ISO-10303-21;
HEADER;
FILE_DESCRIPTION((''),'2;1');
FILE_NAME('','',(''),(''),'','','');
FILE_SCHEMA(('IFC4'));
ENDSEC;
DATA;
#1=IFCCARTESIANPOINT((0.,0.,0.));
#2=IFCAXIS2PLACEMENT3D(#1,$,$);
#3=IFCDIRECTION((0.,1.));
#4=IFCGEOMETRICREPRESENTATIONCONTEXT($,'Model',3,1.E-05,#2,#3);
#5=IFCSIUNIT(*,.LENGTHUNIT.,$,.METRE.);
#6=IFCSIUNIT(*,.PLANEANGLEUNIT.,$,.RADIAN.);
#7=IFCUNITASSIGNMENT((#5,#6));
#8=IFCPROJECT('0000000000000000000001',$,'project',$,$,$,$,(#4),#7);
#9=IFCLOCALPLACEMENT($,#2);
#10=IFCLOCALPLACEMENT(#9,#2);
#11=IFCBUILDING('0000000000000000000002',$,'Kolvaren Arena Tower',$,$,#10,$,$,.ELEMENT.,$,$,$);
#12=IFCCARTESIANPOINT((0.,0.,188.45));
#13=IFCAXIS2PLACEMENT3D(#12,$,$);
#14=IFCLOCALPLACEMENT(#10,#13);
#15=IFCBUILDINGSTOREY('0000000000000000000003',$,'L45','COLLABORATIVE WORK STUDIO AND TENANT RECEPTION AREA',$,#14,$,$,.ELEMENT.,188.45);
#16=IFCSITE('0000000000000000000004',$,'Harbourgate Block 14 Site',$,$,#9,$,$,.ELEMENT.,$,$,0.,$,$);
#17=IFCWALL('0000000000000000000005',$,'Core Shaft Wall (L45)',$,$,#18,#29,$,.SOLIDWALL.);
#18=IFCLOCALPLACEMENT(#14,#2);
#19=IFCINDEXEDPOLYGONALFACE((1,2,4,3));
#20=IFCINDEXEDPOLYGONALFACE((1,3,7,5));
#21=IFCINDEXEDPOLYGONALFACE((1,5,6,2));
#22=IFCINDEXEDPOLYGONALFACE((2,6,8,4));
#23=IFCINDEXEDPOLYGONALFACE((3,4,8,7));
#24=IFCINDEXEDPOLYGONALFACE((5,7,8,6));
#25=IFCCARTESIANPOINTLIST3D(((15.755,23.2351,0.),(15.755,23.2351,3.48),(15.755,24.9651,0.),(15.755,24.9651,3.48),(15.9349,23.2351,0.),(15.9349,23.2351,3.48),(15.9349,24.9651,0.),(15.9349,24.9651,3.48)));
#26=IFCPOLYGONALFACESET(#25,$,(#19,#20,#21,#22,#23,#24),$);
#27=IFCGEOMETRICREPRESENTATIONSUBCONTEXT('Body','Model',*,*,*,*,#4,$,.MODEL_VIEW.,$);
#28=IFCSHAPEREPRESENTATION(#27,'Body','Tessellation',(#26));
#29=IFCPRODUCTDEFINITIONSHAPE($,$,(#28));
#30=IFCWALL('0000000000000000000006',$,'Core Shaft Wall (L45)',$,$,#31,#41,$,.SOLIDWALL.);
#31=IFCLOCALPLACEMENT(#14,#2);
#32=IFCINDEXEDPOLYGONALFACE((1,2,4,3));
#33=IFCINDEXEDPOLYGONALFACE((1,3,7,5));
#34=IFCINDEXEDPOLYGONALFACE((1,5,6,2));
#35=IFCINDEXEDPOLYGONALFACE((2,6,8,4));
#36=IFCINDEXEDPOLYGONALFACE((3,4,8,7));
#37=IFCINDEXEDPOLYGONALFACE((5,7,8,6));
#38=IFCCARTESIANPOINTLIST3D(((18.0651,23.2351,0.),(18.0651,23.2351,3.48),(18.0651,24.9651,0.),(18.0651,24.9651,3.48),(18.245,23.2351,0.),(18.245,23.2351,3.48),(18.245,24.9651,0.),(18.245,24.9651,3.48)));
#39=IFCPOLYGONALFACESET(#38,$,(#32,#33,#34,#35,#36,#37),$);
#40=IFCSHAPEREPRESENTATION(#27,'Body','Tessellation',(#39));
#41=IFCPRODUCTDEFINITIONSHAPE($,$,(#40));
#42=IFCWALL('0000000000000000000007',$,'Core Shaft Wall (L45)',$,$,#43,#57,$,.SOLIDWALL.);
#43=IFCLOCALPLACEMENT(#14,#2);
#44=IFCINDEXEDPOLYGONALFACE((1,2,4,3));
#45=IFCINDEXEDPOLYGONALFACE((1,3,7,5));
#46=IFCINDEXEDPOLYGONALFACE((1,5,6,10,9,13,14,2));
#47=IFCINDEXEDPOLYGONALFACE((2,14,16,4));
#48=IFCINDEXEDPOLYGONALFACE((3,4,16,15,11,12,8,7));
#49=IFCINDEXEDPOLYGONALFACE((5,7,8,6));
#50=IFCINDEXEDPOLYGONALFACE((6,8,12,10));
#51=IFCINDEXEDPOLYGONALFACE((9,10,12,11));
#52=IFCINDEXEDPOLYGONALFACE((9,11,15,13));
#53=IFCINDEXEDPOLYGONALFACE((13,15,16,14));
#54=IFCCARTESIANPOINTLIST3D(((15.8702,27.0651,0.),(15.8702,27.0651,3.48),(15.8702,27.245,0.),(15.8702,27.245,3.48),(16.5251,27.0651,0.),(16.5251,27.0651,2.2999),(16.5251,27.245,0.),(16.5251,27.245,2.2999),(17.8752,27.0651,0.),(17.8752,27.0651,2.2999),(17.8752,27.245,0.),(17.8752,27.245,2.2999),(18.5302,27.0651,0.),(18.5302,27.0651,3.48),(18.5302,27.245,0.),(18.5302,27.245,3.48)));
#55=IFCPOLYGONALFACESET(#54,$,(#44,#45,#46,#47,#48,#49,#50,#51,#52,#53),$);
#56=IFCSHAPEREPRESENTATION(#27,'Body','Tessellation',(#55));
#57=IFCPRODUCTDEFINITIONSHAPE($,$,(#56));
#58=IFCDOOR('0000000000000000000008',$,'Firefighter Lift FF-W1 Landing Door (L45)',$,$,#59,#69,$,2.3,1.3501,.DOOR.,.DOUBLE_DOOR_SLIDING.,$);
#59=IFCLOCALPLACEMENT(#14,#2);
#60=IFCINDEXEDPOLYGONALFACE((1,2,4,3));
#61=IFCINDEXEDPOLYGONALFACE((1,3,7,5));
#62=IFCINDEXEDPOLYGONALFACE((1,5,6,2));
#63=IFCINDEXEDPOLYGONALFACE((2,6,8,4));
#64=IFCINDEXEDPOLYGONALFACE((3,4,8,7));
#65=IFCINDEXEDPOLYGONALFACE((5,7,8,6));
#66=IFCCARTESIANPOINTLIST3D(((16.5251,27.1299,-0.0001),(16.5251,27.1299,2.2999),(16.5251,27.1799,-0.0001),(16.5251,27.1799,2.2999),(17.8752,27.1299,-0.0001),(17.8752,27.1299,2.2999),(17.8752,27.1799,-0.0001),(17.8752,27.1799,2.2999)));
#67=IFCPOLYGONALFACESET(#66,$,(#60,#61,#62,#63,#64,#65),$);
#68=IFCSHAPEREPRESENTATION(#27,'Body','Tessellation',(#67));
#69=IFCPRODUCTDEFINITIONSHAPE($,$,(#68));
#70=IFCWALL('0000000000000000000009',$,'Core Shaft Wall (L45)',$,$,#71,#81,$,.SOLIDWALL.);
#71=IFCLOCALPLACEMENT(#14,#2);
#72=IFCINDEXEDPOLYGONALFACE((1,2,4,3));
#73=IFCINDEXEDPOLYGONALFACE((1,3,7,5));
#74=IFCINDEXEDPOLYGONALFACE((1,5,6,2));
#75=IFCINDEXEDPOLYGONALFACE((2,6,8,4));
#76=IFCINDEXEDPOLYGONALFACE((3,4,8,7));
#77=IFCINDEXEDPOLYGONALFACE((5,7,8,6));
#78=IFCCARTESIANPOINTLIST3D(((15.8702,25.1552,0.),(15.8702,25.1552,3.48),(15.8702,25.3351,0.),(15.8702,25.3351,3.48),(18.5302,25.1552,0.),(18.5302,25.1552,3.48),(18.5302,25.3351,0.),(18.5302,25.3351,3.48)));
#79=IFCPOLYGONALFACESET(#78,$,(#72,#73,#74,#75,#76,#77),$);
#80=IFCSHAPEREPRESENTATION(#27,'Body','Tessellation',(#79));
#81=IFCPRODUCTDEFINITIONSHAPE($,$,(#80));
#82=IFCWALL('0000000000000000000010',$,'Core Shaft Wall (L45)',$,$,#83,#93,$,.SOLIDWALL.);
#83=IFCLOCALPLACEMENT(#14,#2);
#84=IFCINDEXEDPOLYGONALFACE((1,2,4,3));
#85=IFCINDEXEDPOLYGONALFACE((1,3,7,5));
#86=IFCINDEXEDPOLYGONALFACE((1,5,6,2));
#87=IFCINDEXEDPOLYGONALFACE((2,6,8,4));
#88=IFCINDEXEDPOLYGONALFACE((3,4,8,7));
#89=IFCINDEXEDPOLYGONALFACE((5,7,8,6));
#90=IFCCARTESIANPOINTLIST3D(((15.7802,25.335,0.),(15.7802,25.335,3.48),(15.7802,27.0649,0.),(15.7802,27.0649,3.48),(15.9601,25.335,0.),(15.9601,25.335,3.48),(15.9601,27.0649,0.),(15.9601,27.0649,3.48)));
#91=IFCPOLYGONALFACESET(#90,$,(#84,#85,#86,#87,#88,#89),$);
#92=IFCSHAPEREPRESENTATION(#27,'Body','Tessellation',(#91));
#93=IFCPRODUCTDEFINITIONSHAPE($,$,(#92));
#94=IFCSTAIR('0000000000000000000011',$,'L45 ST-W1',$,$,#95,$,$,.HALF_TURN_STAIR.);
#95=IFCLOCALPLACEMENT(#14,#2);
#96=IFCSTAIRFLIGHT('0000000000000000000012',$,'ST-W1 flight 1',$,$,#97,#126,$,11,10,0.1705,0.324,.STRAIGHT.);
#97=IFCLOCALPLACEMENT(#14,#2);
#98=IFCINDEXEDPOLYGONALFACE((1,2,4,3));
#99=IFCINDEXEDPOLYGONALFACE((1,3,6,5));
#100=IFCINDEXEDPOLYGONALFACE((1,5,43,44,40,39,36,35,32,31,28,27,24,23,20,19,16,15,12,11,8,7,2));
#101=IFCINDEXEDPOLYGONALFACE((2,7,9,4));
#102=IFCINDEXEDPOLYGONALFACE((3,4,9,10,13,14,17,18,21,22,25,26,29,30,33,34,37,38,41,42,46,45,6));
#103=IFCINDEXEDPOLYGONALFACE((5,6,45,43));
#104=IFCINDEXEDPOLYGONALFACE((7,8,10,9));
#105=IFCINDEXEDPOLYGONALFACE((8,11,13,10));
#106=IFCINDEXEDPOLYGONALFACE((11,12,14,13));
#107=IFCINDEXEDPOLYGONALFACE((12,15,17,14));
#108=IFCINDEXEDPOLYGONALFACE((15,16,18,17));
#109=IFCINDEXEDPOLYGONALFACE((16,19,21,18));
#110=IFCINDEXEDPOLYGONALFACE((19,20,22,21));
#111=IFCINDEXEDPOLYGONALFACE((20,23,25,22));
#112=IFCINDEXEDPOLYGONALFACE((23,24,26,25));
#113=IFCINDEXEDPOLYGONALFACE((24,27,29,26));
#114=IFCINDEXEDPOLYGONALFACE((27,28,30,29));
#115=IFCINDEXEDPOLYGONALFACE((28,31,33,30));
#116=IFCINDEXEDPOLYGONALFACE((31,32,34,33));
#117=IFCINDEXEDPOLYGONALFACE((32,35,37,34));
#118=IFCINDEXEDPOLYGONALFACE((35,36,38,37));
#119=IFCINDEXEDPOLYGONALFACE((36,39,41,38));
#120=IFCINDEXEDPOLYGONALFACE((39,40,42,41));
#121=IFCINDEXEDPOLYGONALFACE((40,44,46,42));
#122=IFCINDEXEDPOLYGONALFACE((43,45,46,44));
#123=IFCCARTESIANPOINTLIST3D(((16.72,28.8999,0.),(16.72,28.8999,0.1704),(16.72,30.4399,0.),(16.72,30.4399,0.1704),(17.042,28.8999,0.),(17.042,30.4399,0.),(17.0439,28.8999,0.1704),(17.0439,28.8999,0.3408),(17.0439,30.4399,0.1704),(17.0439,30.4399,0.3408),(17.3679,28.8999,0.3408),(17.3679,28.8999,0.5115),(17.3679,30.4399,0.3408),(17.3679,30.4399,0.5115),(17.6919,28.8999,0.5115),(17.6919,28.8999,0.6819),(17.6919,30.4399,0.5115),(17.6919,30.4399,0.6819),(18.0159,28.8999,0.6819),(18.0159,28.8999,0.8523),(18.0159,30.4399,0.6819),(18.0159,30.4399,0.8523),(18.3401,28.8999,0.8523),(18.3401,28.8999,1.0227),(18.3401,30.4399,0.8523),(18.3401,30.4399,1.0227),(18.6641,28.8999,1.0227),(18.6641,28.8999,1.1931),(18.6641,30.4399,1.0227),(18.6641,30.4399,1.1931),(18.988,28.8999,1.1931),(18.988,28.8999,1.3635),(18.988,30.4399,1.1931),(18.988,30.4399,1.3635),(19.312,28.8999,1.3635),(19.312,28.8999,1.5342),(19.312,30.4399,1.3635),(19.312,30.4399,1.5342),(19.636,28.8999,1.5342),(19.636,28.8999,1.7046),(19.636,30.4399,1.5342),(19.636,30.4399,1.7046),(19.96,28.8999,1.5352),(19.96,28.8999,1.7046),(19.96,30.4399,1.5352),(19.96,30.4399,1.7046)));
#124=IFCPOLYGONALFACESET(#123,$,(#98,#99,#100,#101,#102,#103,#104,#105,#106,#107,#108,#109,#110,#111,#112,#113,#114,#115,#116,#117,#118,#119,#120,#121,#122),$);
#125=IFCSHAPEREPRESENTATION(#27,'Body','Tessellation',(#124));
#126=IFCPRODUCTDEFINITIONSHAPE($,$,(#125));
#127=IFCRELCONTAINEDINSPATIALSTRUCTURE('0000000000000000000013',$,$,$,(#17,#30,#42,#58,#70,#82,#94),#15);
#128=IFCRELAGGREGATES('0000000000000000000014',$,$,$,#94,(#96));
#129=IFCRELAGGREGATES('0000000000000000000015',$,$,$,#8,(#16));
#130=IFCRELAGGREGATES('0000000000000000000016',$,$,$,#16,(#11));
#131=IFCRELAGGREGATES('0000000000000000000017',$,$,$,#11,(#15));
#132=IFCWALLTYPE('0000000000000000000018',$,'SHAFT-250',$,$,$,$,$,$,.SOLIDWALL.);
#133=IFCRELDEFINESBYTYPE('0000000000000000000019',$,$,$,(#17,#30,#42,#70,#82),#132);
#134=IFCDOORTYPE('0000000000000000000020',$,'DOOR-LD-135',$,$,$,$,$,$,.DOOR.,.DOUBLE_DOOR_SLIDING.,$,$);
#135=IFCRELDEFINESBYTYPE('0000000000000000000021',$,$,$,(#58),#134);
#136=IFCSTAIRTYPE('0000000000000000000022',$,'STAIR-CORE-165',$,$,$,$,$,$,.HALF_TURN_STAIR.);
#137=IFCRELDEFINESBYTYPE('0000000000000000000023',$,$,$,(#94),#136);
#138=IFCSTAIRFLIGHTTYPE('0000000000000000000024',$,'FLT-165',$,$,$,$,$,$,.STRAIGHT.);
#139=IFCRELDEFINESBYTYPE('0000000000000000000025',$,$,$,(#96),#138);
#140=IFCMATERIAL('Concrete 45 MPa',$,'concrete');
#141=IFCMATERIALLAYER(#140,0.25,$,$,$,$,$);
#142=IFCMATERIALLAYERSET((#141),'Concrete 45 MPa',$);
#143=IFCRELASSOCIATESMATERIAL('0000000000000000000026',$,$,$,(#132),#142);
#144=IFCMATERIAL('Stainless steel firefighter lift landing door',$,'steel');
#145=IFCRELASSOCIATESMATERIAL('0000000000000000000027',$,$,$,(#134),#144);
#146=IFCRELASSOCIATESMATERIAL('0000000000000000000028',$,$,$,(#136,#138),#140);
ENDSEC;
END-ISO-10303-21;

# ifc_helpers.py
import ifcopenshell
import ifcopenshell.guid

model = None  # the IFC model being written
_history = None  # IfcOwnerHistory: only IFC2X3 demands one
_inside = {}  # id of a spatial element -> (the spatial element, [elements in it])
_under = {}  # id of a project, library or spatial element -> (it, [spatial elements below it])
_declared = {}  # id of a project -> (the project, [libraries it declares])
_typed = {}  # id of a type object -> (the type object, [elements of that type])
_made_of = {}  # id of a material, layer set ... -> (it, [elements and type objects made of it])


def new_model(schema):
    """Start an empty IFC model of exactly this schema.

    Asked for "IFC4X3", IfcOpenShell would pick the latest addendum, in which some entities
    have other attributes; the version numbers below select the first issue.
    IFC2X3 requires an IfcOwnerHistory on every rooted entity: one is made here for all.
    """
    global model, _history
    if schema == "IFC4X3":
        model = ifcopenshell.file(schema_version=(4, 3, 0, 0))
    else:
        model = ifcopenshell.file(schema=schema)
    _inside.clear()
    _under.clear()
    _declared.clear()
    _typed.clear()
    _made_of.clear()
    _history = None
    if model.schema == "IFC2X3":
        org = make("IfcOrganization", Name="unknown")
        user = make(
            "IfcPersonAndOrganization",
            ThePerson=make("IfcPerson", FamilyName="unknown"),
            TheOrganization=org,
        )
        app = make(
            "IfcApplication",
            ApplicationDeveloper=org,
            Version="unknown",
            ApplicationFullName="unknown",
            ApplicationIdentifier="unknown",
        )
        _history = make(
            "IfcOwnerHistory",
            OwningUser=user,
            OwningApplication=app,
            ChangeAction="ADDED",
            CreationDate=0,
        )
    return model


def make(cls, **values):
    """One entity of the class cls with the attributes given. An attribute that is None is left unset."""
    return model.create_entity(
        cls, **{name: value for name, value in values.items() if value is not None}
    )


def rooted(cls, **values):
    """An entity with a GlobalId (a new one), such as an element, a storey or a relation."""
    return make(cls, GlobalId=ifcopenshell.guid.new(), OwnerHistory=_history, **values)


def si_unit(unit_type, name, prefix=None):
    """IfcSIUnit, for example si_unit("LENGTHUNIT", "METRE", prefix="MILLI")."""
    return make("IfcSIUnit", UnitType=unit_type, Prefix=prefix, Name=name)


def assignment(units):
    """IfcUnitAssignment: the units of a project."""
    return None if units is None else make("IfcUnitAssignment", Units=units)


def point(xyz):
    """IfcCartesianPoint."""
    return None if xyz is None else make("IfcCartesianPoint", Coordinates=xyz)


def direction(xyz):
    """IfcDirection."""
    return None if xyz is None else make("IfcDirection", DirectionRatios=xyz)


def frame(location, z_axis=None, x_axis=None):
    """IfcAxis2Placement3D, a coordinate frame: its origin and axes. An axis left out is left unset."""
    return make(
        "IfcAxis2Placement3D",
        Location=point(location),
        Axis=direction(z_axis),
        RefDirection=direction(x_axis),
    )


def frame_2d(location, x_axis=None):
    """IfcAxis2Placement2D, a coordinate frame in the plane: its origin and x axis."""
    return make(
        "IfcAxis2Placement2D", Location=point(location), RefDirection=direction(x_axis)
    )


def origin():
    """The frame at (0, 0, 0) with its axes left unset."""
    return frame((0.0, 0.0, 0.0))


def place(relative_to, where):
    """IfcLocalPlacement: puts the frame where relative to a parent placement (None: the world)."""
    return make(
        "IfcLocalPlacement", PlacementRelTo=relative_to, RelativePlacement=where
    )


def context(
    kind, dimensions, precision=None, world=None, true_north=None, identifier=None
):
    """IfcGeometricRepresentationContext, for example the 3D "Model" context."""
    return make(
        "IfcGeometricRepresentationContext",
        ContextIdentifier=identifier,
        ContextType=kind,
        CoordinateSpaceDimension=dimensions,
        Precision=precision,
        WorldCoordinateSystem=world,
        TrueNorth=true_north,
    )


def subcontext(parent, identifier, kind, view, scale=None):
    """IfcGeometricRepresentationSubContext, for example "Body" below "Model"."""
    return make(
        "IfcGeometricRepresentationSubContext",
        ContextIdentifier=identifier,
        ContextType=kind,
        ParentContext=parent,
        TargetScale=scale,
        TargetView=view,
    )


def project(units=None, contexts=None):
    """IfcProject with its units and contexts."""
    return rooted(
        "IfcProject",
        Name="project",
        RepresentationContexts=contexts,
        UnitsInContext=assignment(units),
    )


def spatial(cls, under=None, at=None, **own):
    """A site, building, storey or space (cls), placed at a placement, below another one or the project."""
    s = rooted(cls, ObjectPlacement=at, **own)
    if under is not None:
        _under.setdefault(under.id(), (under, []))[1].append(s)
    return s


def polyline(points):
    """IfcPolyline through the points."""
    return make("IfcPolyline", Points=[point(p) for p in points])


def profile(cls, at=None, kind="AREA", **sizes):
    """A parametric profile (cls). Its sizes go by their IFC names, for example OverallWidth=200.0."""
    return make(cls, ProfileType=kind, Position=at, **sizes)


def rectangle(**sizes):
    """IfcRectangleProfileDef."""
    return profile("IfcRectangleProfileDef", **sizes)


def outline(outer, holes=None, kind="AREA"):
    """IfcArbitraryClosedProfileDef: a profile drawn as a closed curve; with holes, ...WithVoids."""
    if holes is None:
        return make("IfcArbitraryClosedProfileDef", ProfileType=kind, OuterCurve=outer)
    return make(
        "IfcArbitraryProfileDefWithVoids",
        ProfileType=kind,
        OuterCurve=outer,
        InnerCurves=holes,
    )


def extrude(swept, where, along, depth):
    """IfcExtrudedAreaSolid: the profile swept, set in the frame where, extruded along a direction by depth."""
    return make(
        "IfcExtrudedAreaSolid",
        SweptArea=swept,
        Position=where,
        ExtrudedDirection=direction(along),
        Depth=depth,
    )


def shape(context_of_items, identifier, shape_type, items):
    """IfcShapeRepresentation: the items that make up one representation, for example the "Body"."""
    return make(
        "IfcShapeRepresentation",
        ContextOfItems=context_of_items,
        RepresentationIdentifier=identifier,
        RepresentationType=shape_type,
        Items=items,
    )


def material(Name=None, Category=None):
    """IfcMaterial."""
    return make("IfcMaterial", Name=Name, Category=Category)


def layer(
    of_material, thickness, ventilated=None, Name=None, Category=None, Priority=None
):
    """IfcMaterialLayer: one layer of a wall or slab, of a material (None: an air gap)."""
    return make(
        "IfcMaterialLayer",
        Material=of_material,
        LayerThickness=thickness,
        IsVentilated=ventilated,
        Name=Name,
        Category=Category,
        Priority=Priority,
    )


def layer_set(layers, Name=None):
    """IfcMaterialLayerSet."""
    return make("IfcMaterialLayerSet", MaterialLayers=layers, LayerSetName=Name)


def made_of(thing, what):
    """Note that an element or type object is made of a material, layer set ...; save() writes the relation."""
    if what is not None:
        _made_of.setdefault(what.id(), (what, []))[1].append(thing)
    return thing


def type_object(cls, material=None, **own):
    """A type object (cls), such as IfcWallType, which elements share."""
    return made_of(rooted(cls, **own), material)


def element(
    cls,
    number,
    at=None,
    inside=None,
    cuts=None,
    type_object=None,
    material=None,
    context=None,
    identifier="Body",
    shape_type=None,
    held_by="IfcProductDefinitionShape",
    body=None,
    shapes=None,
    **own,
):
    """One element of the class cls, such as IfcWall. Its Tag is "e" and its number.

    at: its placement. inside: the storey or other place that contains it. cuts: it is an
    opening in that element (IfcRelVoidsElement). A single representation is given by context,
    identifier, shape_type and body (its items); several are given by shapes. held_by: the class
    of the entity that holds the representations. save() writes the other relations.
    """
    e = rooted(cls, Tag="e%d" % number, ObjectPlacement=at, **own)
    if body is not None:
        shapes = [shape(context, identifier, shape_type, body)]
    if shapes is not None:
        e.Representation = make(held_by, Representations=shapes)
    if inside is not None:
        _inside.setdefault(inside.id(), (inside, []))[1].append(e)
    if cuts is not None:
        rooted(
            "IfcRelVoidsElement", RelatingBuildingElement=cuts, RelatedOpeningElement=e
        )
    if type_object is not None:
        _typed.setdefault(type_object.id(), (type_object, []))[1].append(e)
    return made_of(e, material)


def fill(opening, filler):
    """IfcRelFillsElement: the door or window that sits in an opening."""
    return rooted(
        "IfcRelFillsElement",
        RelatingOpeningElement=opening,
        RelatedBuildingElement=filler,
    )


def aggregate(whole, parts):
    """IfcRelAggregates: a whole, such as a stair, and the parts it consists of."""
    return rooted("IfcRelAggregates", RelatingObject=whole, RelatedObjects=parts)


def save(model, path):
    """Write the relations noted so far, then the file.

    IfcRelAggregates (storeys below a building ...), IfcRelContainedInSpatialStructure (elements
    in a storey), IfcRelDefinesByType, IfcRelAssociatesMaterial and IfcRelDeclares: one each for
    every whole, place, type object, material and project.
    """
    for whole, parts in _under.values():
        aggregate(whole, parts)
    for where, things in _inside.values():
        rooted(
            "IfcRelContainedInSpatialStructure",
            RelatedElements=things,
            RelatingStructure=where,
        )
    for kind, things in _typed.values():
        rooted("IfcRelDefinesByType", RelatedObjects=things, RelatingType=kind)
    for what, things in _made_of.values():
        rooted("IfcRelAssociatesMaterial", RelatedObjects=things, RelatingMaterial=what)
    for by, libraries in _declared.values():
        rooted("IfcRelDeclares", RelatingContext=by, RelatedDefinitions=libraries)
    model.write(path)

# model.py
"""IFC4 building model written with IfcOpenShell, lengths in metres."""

from ifc_helpers import new_model, si_unit, direction, frame, frame_2d, origin, place, context, subcontext, project, spatial, polyline, rectangle, outline, extrude, material, layer, layer_set, type_object, element, fill, aggregate, save


model = new_model("IFC4")

# Units and contexts
model_context = context("Model", 3, precision=1e-05, world=origin(), true_north=direction((0.0, 1.0)))
body_context = subcontext(model_context, "Body", "Model", "MODEL_VIEW")
ifc_project = project(units=[si_unit("LENGTHUNIT", "METRE"), si_unit("PLANEANGLEUNIT", "RADIAN")], contexts=[model_context])

# Site, building, storey
site_placement = place(None, origin())
site = spatial("IfcSite", under=ifc_project, at=site_placement, Name="Harbourgate Block 14 Site", CompositionType="ELEMENT", RefElevation=0.0)
building_placement = place(site_placement, origin())
building = spatial("IfcBuilding", under=site, at=building_placement, Name="Kolvaren Arena Tower", CompositionType="ELEMENT")
storey_placement = place(building_placement, frame((0.0, 0.0, 188.45)))
storey = spatial("IfcBuildingStorey", under=building, at=storey_placement, Name="L45", Description="COLLABORATIVE WORK STUDIO AND TENANT RECEPTION AREA", CompositionType="ELEMENT", Elevation=188.45)

# Shared definitions
ifc_material_1 = material(Name="Concrete 45 MPa", Category="concrete")
ifc_layer = layer(ifc_material_1, 0.25)
ifc_layer_set = layer_set([ifc_layer], Name="Concrete 45 MPa")
wall_type = type_object("IfcWallType", Name="SHAFT-250", PredefinedType="SOLIDWALL", material=ifc_layer_set)

# Walls
for number, where, z_axis, x_axis, name in (
    (1, (15.845, 23.2351, 0.0), (0.0, 0.0, 1.0), (0.0, 1.0, 0.0), "Core Shaft Wall (L45)"),
    (2, (18.155, 23.2351, 0.0), (0.0, 0.0, 1.0), (0.0, 1.0, 0.0), "Core Shaft Wall (L45)"),
):
    element("IfcWall", number, at=place(storey_placement, frame(where, z_axis=z_axis, x_axis=x_axis)), inside=storey, type_object=wall_type, Name=name, PredefinedType="SOLIDWALL", context=body_context, shape_type="SweptSolid", body=[
        extrude(rectangle(XDim=1.73, YDim=0.1799, at=frame_2d((0.865, 0.0))), origin(), (0.0, 0.0, 1.0), 3.48),
    ])

# Wall, opening, door
wall_1_placement = place(storey_placement, frame((15.8701, 27.155, 0.0), z_axis=(0.0, 0.0, 1.0), x_axis=(1.0, 0.0, 0.0)))
wall_1 = element("IfcWall", 3, at=wall_1_placement, inside=storey, type_object=wall_type, Name="Core Shaft Wall (L45)", PredefinedType="SOLIDWALL", context=body_context, shape_type="SweptSolid", body=[
    extrude(rectangle(XDim=2.6599, YDim=0.1799, at=frame_2d((1.3301, 0.0))), origin(), (0.0, 0.0, 1.0), 3.48),
])
opening_1_placement = place(wall_1_placement, frame((0.655, 0.0, 0.0)))
opening_1 = element("IfcOpeningElement", 4, at=opening_1_placement, cuts=wall_1, PredefinedType="OPENING", context=body_context, shape_type="SweptSolid", body=[
    extrude(rectangle(XDim=1.3501, YDim=2.3, at=frame_2d((0.675, 1.1499))), frame((0.0, 0.0999, 0.0), z_axis=(0.0, -1.0, 0.0), x_axis=(1.0, 0.0, 0.0)), (0.0, 0.0, 1.0), 0.2),
])
ifc_material_2 = material(Name="Stainless steel firefighter lift landing door", Category="steel")
door_type_1 = type_object("IfcDoorType", Name="DOOR-LD-135", OperationType="DOUBLE_DOOR_SLIDING", PredefinedType="DOOR", material=ifc_material_2)
door_1_placement = place(opening_1_placement, origin())
door_1 = element("IfcDoor", 5, at=door_1_placement, inside=storey, type_object=door_type_1, Name="Firefighter Lift FF-W1 Landing Door (L45)", OperationType="DOUBLE_DOOR_SLIDING", OverallHeight=2.3, OverallWidth=1.3501, PredefinedType="DOOR", context=body_context, shape_type="SweptSolid", body=[
    extrude(rectangle(XDim=1.3501, YDim=2.3, at=frame_2d((0.675, 1.1499))), frame((0.0, 0.0249, 0.0), z_axis=(0.0, -1.0, 0.0), x_axis=(1.0, 0.0, 0.0)), (0.0, 0.0, 1.0), 0.05),
])
fill(opening_1, door_1)

# Walls
wall_2_placement = place(storey_placement, frame((15.8701, 25.2451, 0.0), z_axis=(0.0, 0.0, 1.0), x_axis=(1.0, 0.0, 0.0)))
element("IfcWall", 6, at=wall_2_placement, inside=storey, type_object=wall_type, Name="Core Shaft Wall (L45)", PredefinedType="SOLIDWALL", context=body_context, shape_type="SweptSolid", body=[
    extrude(rectangle(XDim=2.6599, YDim=0.1799, at=frame_2d((1.3301, 0.0))), origin(), (0.0, 0.0, 1.0), 3.48),
])
wall_3_placement = place(storey_placement, frame((15.8701, 25.335, 0.0), z_axis=(0.0, 0.0, 1.0), x_axis=(0.0, 1.0, 0.0)))
element("IfcWall", 7, at=wall_3_placement, inside=storey, type_object=wall_type, Name="Core Shaft Wall (L45)", PredefinedType="SOLIDWALL", context=body_context, shape_type="SweptSolid", body=[
    extrude(rectangle(XDim=1.73, YDim=0.1799, at=frame_2d((0.865, 0.0))), origin(), (0.0, 0.0, 1.0), 3.48),
])

# Stair, stair flight
stair_type = type_object("IfcStairType", Name="STAIR-CORE-165", PredefinedType="HALF_TURN_STAIR", material=ifc_material_1)
stair_placement = place(storey_placement, origin())
stair = element("IfcStair", 8, at=stair_placement, inside=storey, type_object=stair_type, Name="L45 ST-W1", PredefinedType="HALF_TURN_STAIR")
stair_flight_type = type_object("IfcStairFlightType", Name="FLT-165", PredefinedType="STRAIGHT", material=ifc_material_1)
stair_flight_placement = place(storey_placement, frame((16.72, 29.6699, 0.0), z_axis=(0.0, 0.0, 1.0), x_axis=(1.0, 0.0, 0.0)))
stair_flight = element("IfcStairFlight", 9, at=stair_flight_placement, type_object=stair_flight_type, Name="ST-W1 flight 1", NumberOfRisers=11, NumberOfTreads=10, PredefinedType="STRAIGHT", RiserHeight=0.1705, TreadLength=0.324, context=body_context, shape_type="SweptSolid", body=[
    extrude(outline(polyline([(0.0, 0.0), (0.0, 0.1704), (0.324, 0.1704), (0.324, 0.3408), (0.6479, 0.3408), (0.6479, 0.5115), (0.9719, 0.5115), (0.9719, 0.6819), (1.2959, 0.6819), (1.2959, 0.8523), (1.6201, 0.8523), (1.6201, 1.0227), (1.9441, 1.0227), (1.9441, 1.1931), (2.2681, 1.1931), (2.2681, 1.3635), (2.592, 1.3635), (2.592, 1.5342), (2.916, 1.5342), (2.916, 1.7046), (3.24, 1.7046), (3.24, 1.875), (3.24, 1.5352), (0.322, 0.0), (0.0, 0.0)])), frame((0.0, 0.77, 0.0), z_axis=(0.0, -1.0, 0.0), x_axis=(1.0, 0.0, 0.0)), (0.0, 0.0, 1.0), 1.54),
])
aggregate(stair, [stair_flight])

save(model, "model.ifc")
